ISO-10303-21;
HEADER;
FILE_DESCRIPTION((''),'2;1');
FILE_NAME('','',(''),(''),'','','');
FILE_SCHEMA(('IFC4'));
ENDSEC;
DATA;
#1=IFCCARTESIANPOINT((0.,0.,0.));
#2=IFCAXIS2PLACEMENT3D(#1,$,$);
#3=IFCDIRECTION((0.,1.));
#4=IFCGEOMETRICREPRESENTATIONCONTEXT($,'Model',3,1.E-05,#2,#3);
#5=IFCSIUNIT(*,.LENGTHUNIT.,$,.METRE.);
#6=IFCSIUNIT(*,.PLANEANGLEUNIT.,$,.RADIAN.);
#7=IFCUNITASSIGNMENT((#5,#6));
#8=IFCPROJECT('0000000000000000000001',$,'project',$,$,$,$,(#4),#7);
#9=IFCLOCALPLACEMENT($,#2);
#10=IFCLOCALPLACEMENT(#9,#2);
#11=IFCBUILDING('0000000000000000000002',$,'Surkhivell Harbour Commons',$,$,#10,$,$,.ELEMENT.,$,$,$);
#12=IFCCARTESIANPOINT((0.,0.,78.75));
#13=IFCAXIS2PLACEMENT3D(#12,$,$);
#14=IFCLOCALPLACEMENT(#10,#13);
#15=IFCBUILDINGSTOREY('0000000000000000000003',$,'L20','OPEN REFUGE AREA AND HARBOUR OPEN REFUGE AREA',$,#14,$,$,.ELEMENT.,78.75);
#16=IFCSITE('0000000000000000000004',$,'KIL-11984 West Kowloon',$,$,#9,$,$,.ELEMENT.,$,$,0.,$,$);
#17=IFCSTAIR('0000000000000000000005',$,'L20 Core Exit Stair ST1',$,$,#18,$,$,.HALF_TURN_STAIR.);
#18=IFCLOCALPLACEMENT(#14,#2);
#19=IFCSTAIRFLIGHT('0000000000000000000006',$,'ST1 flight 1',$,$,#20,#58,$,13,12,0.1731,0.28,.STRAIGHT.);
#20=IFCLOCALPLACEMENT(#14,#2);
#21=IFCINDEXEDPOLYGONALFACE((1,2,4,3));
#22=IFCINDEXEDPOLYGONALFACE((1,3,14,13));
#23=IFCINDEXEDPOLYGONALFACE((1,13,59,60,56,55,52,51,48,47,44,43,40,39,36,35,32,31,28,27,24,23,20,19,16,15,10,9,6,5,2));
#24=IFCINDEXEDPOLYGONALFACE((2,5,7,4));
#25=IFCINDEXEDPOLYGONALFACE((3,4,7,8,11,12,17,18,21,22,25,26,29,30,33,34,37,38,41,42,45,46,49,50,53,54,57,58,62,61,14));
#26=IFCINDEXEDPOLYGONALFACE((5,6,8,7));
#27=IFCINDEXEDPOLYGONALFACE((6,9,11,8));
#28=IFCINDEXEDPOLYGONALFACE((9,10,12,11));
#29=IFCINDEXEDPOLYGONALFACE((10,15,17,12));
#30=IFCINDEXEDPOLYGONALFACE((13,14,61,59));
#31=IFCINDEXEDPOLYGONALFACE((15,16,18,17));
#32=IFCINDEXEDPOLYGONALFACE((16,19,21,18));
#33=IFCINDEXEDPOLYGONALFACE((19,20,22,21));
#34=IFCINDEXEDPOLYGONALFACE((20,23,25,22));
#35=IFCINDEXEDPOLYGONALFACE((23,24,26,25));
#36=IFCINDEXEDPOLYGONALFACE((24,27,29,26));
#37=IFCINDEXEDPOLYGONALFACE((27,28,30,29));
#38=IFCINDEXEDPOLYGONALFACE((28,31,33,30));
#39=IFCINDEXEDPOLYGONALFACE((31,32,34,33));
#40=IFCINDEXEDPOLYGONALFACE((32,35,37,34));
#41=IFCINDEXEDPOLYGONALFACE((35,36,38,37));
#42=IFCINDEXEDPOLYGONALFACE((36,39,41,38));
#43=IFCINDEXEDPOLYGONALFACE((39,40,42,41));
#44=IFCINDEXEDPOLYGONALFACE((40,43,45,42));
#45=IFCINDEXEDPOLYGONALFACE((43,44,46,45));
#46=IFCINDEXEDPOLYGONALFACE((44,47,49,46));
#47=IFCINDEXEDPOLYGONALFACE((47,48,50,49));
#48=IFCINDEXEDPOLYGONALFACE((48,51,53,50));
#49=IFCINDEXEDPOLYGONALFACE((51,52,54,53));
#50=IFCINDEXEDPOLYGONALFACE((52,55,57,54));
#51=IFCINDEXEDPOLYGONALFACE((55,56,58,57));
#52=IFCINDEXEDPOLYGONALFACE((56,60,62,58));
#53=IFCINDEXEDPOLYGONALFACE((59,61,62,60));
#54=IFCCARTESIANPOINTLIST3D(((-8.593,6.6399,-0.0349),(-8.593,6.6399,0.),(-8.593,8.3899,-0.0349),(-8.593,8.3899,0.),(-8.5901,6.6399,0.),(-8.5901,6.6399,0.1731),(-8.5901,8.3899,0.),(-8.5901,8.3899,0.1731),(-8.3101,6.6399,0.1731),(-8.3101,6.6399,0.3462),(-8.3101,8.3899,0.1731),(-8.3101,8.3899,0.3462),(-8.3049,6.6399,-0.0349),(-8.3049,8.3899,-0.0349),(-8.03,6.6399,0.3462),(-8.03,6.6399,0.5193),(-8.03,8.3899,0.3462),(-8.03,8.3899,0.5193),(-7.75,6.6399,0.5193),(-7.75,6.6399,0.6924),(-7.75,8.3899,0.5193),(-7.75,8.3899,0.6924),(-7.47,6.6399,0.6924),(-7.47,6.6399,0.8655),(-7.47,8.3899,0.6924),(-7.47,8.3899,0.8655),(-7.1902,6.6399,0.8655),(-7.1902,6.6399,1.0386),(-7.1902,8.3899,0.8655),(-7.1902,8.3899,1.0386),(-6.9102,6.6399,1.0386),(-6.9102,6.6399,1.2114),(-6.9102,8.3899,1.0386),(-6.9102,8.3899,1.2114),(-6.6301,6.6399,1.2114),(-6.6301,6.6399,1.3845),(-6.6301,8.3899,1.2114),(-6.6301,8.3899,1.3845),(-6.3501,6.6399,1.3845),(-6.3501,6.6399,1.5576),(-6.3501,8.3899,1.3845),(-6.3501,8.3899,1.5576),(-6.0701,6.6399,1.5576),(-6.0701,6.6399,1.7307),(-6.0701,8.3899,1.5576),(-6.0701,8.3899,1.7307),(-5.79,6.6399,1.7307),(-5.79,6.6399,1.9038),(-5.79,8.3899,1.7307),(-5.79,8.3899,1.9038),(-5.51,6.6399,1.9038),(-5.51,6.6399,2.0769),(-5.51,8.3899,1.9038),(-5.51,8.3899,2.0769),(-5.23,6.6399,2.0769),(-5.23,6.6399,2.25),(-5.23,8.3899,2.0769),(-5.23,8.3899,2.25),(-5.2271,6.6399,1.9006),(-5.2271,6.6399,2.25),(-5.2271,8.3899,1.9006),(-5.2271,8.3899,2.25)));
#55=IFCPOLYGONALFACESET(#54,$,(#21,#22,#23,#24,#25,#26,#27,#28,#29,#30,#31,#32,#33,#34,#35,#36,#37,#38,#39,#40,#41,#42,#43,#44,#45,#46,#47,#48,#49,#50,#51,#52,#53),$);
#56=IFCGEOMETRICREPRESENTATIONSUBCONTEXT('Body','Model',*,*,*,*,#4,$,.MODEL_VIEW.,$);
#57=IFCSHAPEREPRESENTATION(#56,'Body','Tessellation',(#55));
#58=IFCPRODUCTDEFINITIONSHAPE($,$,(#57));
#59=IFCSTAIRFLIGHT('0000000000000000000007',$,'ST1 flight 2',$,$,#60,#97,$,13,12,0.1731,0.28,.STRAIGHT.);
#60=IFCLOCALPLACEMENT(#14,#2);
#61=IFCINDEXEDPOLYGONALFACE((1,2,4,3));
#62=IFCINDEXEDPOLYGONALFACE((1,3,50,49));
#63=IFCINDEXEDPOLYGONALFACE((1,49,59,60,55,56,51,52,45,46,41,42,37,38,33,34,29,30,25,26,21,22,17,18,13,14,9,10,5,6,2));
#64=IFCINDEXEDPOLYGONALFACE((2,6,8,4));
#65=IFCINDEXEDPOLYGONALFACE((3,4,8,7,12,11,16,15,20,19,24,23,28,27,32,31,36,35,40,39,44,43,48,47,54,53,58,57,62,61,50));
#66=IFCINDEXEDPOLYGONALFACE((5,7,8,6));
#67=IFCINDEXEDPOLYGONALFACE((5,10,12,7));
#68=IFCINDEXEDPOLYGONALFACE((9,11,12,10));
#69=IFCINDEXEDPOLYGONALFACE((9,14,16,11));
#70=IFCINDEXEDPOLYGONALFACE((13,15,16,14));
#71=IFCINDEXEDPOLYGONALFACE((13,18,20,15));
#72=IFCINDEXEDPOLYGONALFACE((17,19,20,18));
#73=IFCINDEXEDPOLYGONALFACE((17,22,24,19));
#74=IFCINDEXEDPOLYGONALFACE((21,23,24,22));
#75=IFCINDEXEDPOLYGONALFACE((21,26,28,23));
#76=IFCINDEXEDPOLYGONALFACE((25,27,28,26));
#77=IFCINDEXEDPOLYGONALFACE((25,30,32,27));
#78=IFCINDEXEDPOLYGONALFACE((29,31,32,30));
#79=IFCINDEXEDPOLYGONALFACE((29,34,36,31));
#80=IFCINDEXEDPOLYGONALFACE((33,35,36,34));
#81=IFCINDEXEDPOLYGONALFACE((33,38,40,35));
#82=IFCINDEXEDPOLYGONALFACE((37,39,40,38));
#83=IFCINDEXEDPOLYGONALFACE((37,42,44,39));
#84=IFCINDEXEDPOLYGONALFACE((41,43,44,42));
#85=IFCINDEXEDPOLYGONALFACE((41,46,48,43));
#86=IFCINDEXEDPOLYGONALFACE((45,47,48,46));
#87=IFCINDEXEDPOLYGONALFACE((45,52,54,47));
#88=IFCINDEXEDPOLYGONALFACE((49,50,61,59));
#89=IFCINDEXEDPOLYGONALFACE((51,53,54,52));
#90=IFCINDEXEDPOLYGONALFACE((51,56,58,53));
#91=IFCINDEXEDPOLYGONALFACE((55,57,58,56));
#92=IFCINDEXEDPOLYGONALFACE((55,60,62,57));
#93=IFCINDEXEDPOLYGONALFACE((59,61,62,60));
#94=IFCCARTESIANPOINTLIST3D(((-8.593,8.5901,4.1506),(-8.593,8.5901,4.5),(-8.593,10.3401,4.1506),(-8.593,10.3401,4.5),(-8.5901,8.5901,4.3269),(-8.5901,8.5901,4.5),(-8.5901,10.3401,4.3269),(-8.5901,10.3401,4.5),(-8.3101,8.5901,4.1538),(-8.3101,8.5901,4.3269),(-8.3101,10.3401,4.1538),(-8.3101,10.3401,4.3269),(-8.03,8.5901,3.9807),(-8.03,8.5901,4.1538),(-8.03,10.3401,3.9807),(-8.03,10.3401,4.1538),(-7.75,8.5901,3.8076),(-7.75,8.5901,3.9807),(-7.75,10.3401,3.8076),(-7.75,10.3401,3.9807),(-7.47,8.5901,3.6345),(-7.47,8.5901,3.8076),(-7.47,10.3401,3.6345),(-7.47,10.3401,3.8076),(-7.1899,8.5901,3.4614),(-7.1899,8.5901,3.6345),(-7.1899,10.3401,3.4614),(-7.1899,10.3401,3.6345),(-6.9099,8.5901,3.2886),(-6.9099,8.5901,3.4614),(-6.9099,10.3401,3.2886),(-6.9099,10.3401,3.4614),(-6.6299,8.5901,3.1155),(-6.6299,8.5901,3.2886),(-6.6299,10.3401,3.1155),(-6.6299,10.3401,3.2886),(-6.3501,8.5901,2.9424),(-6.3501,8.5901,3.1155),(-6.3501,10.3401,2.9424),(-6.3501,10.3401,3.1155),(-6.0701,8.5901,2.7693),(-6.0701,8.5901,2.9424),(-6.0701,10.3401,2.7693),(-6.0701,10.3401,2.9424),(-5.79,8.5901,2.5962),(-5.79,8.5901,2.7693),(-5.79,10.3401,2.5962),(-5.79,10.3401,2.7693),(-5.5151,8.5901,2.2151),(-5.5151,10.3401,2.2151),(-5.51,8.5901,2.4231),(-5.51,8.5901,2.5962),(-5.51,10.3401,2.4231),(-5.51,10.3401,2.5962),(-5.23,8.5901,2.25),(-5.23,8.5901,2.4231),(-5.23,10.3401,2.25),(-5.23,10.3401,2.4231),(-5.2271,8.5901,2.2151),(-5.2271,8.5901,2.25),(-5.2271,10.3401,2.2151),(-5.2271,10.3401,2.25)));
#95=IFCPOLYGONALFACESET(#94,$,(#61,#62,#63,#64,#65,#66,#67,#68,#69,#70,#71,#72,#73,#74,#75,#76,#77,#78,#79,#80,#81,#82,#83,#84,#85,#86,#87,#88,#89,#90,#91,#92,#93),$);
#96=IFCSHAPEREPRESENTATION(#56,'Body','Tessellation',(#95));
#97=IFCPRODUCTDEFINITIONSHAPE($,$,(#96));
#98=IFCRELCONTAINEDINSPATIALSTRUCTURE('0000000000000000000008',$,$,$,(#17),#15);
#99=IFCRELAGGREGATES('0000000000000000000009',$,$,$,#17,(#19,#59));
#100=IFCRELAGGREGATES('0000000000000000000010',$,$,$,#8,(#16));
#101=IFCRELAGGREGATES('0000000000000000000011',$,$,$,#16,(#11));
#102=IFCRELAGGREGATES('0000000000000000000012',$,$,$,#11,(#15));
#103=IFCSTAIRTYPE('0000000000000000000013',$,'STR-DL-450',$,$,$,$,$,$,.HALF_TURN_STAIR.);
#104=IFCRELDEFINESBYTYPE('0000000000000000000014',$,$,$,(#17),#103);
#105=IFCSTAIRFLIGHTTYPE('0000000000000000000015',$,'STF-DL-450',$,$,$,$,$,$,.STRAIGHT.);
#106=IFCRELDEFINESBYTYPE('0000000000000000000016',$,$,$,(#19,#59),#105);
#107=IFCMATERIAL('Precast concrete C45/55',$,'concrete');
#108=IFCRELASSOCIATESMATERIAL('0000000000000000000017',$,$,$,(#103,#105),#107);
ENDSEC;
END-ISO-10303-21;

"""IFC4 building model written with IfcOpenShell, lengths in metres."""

from ifc_helpers import new_model, si_unit, direction, frame, origin, place, context, subcontext, project, spatial, polyline, outline, extrude, material, type_object, element, aggregate, save


model = new_model("IFC4")

# Units and contexts
model_context = context("Model", 3, precision=1e-05, world=origin(), true_north=direction((0.0, 1.0)))
body_context = subcontext(model_context, "Body", "Model", "MODEL_VIEW")
ifc_project = project(units=[si_unit("LENGTHUNIT", "METRE"), si_unit("PLANEANGLEUNIT", "RADIAN")], contexts=[model_context])

# Site, building, storey
site_placement = place(None, origin())
site = spatial("IfcSite", under=ifc_project, at=site_placement, Name="KIL-11984 West Kowloon", CompositionType="ELEMENT", RefElevation=0.0)
building_placement = place(site_placement, origin())
building = spatial("IfcBuilding", under=site, at=building_placement, Name="Surkhivell Harbour Commons", CompositionType="ELEMENT")
storey_placement = place(building_placement, frame((0.0, 0.0, 78.75)))
storey = spatial("IfcBuildingStorey", under=building, at=storey_placement, Name="L20", Description="OPEN REFUGE AREA AND HARBOUR OPEN REFUGE AREA", CompositionType="ELEMENT", Elevation=78.75)

# Stair, stair flights
ifc_material_1 = material(Name="Precast concrete C45/55", Category="concrete")
stair_type = type_object("IfcStairType", Name="STR-DL-450", PredefinedType="HALF_TURN_STAIR", material=ifc_material_1)
stair_placement = place(storey_placement, origin())
stair = element("IfcStair", 1, at=stair_placement, inside=storey, type_object=stair_type, Name="L20 Core Exit Stair ST1", PredefinedType="HALF_TURN_STAIR")
stair_flight_type = type_object("IfcStairFlightType", Name="STF-DL-450", PredefinedType="STRAIGHT", material=ifc_material_1)
stair_flight_1_placement = place(storey_placement, frame((-8.5901, 7.5149, 0.0), z_axis=(0.0, 0.0, 1.0), x_axis=(1.0, 0.0, 0.0)))
stair_flight_1 = element("IfcStairFlight", 2, at=stair_flight_1_placement, type_object=stair_flight_type, Name="ST1 flight 1", NumberOfRisers=13, NumberOfTreads=12, PredefinedType="STRAIGHT", RiserHeight=0.1731, TreadLength=0.28, context=body_context, shape_type="SweptSolid", body=[
    extrude(outline(polyline([(-0.0029, -0.0349), (-0.0029, 0.0), (0.0, 0.0), (0.0, 0.1731), (0.28, 0.1731), (0.28, 0.3462), (0.5601, 0.3462), (0.5601, 0.5193), (0.8401, 0.5193), (0.8401, 0.6924), (1.1201, 0.6924), (1.1201, 0.8655), (1.3999, 0.8655), (1.3999, 1.0386), (1.6799, 1.0386), (1.6799, 1.2114), (1.96, 1.2114), (1.96, 1.3845), (2.24, 1.3845), (2.24, 1.5576), (2.52, 1.5576), (2.52, 1.7307), (2.8, 1.7307), (2.8, 1.9038), (3.0801, 1.9038), (3.0801, 2.0769), (3.3601, 2.0769), (3.3601, 2.25), (3.363, 2.25), (3.363, 1.9006), (0.2852, -0.0349), (-0.0029, -0.0349)])), frame((0.0, 0.875, 0.0), z_axis=(0.0, -1.0, 0.0), x_axis=(1.0, 0.0, 0.0)), (0.0, 0.0, 1.0), 1.75),
])
stair_flight_2_placement = place(storey_placement, frame((-5.23, 9.4651, 2.25), z_axis=(0.0, 0.0, 1.0), x_axis=(-1.0, 0.0, 0.0)))
stair_flight_2 = element("IfcStairFlight", 3, at=stair_flight_2_placement, type_object=stair_flight_type, Name="ST1 flight 2", NumberOfRisers=13, NumberOfTreads=12, PredefinedType="STRAIGHT", RiserHeight=0.1731, TreadLength=0.28, context=body_context, shape_type="SweptSolid", body=[
    extrude(outline(polyline([(-0.0029, -0.0349), (-0.0029, 0.0), (0.0, 0.0), (0.0, 0.1731), (0.28, 0.1731), (0.28, 0.3462), (0.5601, 0.3462), (0.5601, 0.5193), (0.8401, 0.5193), (0.8401, 0.6924), (1.1201, 0.6924), (1.1201, 0.8655), (1.3999, 0.8655), (1.3999, 1.0386), (1.6799, 1.0386), (1.6799, 1.2114), (1.96, 1.2114), (1.96, 1.3845), (2.24, 1.3845), (2.24, 1.5576), (2.52, 1.5576), (2.52, 1.7307), (2.8, 1.7307), (2.8, 1.9038), (3.0801, 1.9038), (3.0801, 2.0769), (3.3601, 2.0769), (3.3601, 2.25), (3.363, 2.25), (3.363, 1.9006), (0.2852, -0.0349), (-0.0029, -0.0349)])), frame((0.0, 0.875, 0.0), z_axis=(0.0, -1.0, 0.0), x_axis=(1.0, 0.0, 0.0)), (0.0, 0.0, 1.0), 1.75),
])
aggregate(stair, [stair_flight_1, stair_flight_2])

save(model, "model.ifc")
